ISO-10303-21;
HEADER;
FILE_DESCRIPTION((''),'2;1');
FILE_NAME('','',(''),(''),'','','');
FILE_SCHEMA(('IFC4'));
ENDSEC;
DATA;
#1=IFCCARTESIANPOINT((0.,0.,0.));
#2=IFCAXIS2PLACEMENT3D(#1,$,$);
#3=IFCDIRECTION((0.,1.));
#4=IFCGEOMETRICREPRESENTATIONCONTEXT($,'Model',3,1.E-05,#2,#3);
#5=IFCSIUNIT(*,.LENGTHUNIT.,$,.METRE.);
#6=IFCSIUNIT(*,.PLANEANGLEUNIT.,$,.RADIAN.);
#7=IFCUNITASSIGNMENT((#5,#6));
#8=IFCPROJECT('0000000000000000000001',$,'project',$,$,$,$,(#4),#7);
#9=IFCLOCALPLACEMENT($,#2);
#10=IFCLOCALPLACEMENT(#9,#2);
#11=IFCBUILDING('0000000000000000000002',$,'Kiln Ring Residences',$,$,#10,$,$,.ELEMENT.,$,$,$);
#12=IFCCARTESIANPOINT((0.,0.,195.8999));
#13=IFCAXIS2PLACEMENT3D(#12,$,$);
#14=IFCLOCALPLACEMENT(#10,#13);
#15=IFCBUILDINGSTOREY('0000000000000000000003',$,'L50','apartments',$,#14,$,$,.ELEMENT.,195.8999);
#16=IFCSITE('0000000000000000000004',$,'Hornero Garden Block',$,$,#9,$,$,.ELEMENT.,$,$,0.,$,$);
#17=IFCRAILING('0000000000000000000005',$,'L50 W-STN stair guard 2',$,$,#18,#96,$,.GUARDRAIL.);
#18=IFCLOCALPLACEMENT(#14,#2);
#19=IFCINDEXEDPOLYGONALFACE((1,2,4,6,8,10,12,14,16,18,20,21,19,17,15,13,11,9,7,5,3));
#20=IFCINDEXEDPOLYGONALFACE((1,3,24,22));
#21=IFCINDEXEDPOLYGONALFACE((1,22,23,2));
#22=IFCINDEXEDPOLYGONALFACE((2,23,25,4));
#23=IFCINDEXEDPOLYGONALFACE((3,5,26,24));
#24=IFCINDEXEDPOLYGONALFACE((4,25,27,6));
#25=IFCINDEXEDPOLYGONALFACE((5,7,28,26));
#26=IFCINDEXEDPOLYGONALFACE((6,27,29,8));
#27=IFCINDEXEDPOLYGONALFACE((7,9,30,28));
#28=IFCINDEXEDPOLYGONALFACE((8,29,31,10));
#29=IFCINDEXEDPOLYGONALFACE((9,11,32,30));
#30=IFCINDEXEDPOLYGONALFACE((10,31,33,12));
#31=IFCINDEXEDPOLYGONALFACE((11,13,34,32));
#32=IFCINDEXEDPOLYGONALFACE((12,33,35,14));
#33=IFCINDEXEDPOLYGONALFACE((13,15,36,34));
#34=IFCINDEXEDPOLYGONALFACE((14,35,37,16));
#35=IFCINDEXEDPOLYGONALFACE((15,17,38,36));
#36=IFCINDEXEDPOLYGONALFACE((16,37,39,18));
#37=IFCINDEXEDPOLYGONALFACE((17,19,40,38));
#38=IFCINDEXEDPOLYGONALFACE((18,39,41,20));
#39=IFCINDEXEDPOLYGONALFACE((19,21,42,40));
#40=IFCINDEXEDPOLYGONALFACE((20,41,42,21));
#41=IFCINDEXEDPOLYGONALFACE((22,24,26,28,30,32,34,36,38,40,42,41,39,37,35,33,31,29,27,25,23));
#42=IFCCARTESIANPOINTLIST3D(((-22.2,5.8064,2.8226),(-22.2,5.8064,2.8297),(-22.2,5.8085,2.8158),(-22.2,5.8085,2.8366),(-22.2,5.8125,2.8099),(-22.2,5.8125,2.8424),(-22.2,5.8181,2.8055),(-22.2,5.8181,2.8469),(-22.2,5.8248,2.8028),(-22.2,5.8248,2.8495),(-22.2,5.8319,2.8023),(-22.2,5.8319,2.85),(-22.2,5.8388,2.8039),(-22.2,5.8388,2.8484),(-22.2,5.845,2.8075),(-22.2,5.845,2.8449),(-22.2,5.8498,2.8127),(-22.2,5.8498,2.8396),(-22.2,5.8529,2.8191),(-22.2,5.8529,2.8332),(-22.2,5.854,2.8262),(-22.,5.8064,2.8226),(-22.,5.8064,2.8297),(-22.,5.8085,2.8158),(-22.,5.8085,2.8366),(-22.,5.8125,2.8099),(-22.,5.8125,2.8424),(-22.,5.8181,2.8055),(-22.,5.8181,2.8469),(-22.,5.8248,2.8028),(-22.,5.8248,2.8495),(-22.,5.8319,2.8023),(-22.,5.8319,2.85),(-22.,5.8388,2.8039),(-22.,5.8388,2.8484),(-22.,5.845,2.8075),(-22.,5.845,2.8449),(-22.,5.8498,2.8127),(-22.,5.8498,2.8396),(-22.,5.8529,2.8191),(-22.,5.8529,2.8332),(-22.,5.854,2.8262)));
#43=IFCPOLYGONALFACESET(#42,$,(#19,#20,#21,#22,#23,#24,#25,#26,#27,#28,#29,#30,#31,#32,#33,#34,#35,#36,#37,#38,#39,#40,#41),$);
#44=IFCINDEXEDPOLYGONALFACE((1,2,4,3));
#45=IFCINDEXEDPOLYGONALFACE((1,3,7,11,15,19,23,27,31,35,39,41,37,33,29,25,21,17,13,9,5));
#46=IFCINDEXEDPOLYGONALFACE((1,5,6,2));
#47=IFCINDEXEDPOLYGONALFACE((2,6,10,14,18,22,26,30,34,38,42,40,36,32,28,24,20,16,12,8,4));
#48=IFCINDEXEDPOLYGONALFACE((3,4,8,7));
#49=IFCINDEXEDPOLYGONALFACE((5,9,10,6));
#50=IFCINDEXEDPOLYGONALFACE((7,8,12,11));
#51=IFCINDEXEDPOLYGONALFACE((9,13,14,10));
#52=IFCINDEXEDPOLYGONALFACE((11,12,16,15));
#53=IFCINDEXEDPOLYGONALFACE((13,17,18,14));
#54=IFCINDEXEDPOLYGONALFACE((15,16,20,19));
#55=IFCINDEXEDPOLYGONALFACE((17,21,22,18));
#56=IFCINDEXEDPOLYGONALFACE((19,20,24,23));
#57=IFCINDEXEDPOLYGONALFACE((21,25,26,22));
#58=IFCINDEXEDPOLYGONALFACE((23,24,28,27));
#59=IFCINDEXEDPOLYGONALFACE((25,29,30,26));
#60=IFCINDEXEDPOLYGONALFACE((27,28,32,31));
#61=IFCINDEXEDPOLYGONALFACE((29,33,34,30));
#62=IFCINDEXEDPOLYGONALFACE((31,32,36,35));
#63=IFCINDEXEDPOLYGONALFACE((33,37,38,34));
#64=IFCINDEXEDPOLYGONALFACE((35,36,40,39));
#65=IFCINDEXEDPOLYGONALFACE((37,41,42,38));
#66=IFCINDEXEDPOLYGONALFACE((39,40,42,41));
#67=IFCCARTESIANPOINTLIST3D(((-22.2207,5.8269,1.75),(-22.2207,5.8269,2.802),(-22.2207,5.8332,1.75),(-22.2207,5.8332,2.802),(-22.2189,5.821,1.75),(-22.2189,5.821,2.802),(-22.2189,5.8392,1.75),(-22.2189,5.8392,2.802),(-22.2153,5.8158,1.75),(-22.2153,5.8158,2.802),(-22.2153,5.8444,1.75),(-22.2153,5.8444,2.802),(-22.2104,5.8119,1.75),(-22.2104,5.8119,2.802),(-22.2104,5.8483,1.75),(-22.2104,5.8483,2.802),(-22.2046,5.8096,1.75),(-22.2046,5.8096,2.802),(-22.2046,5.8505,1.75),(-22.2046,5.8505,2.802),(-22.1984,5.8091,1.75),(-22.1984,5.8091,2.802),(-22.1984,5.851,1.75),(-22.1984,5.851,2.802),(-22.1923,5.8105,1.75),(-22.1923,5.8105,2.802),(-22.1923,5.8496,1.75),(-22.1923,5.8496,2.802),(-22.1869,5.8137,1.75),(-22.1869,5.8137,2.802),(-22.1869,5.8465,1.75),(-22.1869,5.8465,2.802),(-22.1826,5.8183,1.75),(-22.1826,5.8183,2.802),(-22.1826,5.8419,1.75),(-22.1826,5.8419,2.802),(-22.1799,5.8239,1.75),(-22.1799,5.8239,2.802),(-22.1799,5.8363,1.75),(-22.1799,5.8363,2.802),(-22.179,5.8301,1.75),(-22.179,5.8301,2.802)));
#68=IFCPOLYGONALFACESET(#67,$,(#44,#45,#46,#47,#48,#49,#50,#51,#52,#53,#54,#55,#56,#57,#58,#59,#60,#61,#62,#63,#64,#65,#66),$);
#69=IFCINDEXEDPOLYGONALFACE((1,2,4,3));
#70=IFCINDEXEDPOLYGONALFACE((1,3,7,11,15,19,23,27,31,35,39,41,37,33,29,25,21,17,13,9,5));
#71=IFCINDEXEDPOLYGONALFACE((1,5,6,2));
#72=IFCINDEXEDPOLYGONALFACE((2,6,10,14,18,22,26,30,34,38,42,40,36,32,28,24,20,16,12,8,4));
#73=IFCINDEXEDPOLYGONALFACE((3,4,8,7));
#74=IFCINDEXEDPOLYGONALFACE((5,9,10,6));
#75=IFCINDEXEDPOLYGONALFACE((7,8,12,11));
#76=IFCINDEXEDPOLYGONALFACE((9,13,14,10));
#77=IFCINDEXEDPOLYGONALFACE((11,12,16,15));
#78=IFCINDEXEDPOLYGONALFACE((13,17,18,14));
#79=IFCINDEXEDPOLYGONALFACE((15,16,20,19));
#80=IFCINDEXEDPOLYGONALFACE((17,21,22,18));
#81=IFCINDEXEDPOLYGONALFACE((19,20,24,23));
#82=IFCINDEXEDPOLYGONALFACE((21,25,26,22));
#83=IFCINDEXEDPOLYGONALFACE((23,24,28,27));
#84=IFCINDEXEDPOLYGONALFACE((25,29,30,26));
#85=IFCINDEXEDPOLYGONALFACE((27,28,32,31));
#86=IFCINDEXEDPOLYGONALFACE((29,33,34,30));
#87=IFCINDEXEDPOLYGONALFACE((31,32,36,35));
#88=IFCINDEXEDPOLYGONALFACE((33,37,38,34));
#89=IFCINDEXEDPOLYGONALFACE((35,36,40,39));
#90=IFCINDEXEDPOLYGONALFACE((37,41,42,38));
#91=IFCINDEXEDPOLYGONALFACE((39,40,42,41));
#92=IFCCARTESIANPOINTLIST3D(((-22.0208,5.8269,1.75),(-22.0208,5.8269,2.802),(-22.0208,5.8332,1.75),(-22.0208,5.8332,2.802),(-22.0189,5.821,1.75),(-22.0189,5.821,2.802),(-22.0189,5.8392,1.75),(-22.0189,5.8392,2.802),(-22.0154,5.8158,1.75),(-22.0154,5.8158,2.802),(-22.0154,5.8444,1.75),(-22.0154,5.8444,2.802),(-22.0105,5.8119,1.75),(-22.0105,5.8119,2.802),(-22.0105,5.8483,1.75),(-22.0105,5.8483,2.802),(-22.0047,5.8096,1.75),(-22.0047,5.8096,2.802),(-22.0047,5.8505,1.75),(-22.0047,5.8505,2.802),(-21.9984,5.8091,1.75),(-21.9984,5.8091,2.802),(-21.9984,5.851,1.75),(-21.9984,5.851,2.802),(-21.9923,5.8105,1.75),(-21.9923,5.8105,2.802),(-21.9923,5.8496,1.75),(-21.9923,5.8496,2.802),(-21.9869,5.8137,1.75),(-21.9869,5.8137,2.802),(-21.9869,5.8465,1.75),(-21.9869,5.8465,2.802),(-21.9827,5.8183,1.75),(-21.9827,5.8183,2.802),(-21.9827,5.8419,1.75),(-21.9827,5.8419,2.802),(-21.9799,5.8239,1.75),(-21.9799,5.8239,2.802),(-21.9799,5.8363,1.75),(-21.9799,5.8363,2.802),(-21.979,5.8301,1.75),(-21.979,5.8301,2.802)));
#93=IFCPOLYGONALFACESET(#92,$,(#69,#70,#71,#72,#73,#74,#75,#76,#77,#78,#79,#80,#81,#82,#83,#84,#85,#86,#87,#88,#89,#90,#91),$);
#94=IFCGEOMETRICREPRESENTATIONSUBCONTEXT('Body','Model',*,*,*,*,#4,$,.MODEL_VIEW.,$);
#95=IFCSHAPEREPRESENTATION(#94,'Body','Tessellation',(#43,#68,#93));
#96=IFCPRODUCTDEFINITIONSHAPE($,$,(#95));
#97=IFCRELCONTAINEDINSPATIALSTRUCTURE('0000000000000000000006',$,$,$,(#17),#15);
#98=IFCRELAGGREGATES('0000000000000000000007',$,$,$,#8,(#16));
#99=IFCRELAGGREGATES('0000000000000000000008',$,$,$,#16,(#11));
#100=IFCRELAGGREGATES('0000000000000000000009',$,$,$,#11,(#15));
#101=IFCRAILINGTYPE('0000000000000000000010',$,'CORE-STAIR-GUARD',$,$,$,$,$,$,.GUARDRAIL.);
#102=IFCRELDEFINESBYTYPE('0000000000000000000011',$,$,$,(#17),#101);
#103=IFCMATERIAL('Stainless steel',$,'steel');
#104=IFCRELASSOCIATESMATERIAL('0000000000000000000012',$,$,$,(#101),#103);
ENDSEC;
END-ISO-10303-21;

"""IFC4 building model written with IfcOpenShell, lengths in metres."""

from ifc_helpers import new_model, si_unit, direction, frame, origin, origin_2d, place, context, subcontext, project, spatial, circle, extrude, material, type_object, element, save


model = new_model("IFC4")

# Units and contexts
model_context = context("Model", 3, precision=1e-05, world=origin(), true_north=direction((0.0, 1.0)))
body_context = subcontext(model_context, "Body", "Model", "MODEL_VIEW")
ifc_project = project(units=[si_unit("LENGTHUNIT", "METRE"), si_unit("PLANEANGLEUNIT", "RADIAN")], contexts=[model_context])

# Site, building, storey
site_placement = place(None, origin())
site = spatial("IfcSite", under=ifc_project, at=site_placement, Name="Hornero Garden Block", CompositionType="ELEMENT", RefElevation=0.0)
building_placement = place(site_placement, origin())
building = spatial("IfcBuilding", under=site, at=building_placement, Name="Kiln Ring Residences", CompositionType="ELEMENT")
storey_placement = place(building_placement, frame((0.0, 0.0, 195.8999)))
storey = spatial("IfcBuildingStorey", under=building, at=storey_placement, Name="L50", Description="apartments", CompositionType="ELEMENT", Elevation=195.8999)

# Railing
ifc_material_1 = material(Name="Stainless steel", Category="steel")
railing_type_1 = type_object("IfcRailingType", Name="CORE-STAIR-GUARD", PredefinedType="GUARDRAIL", material=ifc_material_1)
railing_1_placement = place(storey_placement, frame((-22.2, 5.8301, 1.75)))
element("IfcRailing", 1, at=railing_1_placement, inside=storey, type_object=railing_type_1, Name="L50 W-STN stair guard 2", PredefinedType="GUARDRAIL", context=body_context, shape_type="SweptSolid", body=[
    extrude(circle(Radius=0.0239, at=origin_2d()), frame((0.0, 0.0, 1.0762), z_axis=(1.0, 0.0, 0.0), x_axis=(0.0, 1.0, 0.0)), (0.0, 0.0, 1.0), 0.2),
    extrude(circle(Radius=0.021, at=origin_2d()), origin(), (0.0, 0.0, 1.0), 1.052),
    extrude(circle(Radius=0.021, at=origin_2d()), frame((0.2, 0.0, 0.0)), (0.0, 0.0, 1.0), 1.052),
])

save(model, "model.ifc")
